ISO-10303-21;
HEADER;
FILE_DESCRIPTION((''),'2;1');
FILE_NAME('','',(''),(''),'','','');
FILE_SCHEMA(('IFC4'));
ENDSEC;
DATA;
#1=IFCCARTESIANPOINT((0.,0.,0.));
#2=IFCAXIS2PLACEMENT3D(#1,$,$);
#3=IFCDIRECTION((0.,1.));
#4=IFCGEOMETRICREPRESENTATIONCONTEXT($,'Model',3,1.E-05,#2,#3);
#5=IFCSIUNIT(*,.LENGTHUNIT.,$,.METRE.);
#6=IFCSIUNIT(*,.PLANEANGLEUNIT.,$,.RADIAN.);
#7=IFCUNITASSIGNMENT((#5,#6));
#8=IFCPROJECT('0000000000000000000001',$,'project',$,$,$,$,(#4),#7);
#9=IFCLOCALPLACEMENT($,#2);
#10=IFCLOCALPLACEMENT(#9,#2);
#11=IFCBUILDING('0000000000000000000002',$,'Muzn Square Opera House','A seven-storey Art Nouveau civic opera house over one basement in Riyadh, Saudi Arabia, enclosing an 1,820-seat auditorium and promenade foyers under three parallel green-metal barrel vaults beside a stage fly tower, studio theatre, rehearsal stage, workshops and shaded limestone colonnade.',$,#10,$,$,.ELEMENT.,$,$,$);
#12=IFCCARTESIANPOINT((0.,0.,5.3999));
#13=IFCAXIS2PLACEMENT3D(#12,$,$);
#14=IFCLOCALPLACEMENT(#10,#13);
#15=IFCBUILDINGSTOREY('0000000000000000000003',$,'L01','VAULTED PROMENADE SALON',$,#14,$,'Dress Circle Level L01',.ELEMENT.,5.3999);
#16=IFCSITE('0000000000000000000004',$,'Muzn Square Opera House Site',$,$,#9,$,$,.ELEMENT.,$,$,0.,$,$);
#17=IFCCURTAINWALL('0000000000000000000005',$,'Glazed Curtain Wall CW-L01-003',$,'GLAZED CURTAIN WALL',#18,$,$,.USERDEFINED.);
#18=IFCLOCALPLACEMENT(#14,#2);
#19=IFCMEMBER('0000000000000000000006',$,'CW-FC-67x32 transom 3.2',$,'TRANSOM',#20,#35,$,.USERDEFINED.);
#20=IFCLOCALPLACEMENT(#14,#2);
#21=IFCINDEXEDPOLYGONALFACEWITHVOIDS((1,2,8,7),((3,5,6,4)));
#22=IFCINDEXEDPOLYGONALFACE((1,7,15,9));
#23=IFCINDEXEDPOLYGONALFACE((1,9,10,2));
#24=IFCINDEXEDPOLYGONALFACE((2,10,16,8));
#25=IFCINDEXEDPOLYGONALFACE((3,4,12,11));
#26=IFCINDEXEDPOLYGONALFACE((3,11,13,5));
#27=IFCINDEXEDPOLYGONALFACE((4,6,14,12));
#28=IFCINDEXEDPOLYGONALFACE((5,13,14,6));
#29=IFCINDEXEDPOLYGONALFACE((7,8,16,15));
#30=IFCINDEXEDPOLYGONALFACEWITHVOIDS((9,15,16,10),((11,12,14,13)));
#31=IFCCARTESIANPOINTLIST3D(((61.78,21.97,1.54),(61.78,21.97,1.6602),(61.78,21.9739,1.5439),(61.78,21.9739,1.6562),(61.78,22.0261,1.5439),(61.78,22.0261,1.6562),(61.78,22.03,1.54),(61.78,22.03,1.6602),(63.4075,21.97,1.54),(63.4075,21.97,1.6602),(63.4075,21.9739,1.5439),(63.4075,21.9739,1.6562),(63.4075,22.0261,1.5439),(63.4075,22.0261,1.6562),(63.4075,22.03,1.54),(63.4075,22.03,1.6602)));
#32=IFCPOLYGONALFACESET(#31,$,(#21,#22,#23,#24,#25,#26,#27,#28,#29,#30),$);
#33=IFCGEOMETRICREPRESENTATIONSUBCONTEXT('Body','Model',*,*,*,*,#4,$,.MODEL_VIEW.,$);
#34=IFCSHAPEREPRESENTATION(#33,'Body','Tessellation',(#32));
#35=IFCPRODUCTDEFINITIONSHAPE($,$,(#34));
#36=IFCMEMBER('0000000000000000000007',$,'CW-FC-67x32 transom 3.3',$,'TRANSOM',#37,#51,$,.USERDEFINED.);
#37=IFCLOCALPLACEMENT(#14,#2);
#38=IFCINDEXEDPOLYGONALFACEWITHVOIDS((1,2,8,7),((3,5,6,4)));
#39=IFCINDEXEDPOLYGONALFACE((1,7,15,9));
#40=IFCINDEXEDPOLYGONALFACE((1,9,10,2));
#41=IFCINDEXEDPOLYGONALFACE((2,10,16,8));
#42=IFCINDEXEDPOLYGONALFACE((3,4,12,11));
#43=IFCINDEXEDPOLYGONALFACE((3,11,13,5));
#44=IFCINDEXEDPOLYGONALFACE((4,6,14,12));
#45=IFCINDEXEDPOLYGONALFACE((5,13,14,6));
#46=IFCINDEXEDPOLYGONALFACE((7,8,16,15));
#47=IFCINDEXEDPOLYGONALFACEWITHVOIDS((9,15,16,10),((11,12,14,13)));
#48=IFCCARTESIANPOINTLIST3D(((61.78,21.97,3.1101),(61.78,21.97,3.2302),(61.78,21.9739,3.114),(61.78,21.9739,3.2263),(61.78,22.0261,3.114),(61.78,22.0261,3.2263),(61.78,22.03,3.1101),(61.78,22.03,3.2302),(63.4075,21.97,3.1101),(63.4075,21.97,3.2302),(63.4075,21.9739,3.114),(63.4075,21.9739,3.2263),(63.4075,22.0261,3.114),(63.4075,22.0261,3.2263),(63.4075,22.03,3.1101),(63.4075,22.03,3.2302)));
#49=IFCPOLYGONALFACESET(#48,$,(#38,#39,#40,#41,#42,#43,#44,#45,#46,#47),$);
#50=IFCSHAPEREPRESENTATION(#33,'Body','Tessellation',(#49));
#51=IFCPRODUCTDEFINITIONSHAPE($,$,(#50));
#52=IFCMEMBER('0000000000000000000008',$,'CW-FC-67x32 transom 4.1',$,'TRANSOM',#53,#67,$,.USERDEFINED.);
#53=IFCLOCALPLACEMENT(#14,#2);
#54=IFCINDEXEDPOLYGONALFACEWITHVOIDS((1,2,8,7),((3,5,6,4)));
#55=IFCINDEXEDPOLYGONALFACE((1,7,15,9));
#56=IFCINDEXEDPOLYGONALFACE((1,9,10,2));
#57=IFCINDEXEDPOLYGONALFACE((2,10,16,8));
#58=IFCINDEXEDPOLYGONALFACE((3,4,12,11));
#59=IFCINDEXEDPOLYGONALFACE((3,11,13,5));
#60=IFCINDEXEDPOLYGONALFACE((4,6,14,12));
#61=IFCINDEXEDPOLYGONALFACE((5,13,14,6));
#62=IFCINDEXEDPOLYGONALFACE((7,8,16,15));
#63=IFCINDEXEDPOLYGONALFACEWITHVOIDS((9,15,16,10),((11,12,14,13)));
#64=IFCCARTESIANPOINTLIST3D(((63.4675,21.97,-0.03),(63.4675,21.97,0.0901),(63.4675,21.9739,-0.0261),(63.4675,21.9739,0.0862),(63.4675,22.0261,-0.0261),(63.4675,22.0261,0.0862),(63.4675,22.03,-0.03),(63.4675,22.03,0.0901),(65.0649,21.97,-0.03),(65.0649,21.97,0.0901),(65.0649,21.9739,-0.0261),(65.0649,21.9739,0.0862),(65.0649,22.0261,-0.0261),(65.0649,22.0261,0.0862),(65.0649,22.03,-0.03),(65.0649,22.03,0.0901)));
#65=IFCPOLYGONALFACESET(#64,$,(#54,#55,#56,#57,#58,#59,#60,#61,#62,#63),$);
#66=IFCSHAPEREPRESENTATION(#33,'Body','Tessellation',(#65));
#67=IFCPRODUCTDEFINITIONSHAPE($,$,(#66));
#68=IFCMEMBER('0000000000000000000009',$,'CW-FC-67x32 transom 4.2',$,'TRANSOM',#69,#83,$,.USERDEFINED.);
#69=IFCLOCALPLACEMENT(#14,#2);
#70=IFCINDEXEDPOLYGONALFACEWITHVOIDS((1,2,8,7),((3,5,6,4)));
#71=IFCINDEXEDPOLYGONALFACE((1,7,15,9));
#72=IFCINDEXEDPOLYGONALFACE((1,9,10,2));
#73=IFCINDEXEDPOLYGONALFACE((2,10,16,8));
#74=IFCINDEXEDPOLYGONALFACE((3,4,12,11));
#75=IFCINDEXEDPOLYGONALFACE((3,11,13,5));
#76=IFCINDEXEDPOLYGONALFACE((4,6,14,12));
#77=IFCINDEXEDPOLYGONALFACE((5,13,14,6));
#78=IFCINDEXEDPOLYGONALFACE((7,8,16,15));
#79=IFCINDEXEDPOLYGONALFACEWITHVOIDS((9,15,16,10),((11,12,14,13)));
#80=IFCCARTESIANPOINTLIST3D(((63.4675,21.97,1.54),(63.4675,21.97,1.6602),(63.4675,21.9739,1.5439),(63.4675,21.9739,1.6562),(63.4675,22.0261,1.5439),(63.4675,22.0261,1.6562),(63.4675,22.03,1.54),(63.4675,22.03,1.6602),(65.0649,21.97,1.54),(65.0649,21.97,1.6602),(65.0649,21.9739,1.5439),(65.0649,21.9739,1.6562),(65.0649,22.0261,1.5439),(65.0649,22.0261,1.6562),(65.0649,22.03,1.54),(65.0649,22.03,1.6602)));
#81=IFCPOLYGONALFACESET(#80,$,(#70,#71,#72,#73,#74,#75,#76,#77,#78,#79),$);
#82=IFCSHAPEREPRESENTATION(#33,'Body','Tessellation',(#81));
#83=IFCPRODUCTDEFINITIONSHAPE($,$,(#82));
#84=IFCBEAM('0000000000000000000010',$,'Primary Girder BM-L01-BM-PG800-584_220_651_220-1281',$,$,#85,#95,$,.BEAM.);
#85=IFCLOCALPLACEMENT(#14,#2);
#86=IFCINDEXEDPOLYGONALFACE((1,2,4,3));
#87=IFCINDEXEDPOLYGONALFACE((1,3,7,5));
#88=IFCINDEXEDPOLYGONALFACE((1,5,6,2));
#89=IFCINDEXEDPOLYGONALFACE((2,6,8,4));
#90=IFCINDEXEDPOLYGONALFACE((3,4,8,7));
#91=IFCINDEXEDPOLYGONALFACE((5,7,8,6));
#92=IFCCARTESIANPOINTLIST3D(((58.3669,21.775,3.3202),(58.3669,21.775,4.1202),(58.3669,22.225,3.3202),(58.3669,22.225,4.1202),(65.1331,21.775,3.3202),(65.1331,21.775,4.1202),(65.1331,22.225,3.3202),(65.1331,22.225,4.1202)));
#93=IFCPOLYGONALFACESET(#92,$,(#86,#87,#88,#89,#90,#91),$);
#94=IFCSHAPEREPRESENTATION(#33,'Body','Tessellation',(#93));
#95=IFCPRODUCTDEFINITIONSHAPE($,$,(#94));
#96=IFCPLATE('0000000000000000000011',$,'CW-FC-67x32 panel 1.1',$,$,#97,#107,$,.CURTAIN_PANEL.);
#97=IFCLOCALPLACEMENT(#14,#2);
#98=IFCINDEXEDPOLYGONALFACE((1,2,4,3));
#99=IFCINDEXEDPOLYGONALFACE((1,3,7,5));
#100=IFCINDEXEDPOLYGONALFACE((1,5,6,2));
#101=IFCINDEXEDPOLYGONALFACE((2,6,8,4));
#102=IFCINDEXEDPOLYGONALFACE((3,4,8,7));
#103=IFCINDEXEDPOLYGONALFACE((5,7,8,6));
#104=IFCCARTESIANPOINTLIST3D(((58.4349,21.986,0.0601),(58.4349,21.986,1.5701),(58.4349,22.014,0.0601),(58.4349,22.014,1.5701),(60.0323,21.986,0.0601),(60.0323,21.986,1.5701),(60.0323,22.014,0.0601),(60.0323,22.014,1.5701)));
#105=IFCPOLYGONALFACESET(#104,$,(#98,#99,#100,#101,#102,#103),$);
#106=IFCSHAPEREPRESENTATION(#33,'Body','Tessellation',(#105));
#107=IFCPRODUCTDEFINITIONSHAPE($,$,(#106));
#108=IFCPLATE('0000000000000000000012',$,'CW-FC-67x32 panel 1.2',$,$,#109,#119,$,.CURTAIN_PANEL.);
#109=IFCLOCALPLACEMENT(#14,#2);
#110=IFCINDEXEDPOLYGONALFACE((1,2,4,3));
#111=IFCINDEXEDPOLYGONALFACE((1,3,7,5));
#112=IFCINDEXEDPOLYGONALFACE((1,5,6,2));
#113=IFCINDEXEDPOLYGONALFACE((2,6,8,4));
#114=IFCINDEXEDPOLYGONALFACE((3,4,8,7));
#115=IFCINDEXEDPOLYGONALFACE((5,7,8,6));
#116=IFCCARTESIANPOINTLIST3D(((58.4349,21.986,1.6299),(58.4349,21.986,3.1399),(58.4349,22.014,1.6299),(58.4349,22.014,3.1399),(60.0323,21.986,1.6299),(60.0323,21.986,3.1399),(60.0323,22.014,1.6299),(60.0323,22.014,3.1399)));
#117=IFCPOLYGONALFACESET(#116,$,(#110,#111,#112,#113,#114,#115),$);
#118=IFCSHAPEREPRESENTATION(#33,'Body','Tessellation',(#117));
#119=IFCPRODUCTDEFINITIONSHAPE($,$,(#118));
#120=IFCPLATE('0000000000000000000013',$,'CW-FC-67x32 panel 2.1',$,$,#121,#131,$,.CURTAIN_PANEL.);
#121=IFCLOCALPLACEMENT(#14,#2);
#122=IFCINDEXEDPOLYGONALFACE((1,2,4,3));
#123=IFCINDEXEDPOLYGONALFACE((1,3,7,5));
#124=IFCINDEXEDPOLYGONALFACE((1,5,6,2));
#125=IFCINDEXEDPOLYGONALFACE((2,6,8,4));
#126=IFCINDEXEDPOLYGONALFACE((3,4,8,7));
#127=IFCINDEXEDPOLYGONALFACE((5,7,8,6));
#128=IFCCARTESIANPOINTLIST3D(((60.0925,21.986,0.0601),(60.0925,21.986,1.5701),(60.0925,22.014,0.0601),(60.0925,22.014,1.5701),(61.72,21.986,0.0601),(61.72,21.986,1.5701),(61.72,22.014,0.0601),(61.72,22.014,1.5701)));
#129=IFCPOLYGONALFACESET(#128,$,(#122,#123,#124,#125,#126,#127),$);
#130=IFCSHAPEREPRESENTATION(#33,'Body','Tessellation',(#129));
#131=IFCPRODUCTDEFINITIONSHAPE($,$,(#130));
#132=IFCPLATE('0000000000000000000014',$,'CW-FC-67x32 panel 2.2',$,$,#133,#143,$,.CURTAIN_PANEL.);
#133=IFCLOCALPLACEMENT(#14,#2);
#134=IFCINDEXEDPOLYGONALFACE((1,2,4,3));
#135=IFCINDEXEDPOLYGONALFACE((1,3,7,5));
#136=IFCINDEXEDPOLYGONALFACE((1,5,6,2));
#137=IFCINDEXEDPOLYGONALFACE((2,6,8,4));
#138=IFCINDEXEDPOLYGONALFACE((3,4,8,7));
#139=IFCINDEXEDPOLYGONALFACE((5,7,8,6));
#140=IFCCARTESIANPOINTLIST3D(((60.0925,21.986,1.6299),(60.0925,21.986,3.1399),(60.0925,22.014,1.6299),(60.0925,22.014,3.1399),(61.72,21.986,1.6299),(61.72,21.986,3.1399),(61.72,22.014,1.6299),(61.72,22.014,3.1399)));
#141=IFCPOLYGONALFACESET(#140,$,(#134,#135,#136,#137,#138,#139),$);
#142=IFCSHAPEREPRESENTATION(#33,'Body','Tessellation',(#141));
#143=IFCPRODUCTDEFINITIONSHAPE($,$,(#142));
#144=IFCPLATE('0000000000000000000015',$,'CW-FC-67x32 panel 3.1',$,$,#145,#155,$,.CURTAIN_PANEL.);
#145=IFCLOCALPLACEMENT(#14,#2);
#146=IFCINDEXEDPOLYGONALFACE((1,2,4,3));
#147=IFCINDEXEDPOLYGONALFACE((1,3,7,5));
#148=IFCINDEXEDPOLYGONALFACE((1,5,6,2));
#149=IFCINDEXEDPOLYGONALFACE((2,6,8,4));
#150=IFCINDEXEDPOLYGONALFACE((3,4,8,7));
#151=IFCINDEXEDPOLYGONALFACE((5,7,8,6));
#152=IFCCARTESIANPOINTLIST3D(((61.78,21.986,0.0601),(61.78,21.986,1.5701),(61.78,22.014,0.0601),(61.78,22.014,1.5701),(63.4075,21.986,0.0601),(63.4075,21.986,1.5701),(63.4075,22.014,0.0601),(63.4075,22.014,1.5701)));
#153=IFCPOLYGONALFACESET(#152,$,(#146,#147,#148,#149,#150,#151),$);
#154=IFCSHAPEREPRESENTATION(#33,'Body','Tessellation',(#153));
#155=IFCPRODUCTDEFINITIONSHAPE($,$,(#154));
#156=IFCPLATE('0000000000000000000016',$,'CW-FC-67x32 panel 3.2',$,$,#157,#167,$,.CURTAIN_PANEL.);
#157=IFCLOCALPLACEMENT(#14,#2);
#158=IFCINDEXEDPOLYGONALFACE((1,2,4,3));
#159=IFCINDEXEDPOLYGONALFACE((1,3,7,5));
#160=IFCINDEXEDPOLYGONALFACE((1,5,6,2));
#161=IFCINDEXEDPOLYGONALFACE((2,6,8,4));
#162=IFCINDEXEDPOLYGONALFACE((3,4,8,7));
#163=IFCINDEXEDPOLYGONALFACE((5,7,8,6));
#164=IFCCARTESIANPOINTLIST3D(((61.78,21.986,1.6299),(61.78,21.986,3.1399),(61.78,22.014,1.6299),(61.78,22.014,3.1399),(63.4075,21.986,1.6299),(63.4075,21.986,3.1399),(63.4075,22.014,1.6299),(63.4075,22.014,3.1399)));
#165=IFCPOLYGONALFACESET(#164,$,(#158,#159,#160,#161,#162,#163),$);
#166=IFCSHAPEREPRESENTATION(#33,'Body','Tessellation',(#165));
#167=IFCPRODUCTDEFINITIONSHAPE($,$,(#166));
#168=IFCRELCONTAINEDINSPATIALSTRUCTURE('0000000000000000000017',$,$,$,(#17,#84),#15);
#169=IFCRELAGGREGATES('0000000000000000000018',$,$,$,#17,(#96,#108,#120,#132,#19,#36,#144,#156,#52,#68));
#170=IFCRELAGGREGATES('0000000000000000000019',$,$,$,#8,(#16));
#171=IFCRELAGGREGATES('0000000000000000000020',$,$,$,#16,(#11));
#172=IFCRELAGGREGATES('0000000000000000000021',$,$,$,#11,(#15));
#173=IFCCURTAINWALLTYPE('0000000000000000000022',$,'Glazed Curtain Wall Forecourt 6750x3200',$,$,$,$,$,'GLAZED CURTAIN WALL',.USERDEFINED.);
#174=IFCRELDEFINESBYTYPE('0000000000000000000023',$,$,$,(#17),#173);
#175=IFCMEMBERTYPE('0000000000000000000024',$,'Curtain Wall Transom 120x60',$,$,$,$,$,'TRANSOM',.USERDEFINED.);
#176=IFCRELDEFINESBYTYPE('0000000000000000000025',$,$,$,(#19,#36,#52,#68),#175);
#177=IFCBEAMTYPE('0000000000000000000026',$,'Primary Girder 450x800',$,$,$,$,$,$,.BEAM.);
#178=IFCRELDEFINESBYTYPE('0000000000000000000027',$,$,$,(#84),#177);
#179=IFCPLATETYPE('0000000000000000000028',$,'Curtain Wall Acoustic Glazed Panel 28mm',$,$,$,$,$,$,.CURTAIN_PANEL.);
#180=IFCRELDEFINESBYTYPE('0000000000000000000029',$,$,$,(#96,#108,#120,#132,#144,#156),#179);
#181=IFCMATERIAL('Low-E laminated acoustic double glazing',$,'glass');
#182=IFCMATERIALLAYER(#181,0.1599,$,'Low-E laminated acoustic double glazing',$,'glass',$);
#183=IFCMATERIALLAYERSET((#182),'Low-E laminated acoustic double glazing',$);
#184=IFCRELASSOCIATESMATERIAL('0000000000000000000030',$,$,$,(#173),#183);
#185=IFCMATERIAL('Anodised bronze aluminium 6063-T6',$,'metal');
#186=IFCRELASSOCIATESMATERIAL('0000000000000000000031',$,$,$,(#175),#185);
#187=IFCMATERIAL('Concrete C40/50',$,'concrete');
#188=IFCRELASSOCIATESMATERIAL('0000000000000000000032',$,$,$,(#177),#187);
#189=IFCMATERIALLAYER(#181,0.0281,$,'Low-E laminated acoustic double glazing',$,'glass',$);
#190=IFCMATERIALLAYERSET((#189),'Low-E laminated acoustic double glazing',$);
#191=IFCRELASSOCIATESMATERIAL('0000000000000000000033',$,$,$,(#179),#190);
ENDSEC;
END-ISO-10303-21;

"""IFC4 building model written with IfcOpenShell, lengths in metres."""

from ifc_helpers import new_model, si_unit, direction, frame, origin, origin_2d, place, context, subcontext, project, spatial, rectangle, hollow_rectangle, extrude, material, layer, layer_set, material_profile, profile_set, type_object, element, aggregate, save


model = new_model("IFC4")

# Units and contexts
model_context = context("Model", 3, precision=1e-05, world=origin(), true_north=direction((0.0, 1.0)))
body_context = subcontext(model_context, "Body", "Model", "MODEL_VIEW")
ifc_project = project(units=[si_unit("LENGTHUNIT", "METRE"), si_unit("PLANEANGLEUNIT", "RADIAN")], contexts=[model_context])

# Site, building, storey
site_placement = place(None, origin())
site = spatial("IfcSite", under=ifc_project, at=site_placement, Name="Muzn Square Opera House Site", CompositionType="ELEMENT", RefElevation=0.0)
building_placement = place(site_placement, origin())
building = spatial("IfcBuilding", under=site, at=building_placement, Name="Muzn Square Opera House", Description="A seven-storey Art Nouveau civic opera house over one basement in Riyadh, Saudi Arabia, enclosing an 1,820-seat auditorium and promenade foyers under three parallel green-metal barrel vaults beside a stage fly tower, studio theatre, rehearsal stage, workshops and shaded limestone colonnade.", CompositionType="ELEMENT")
storey_placement = place(building_placement, frame((0.0, 0.0, 5.3999)))
storey = spatial("IfcBuildingStorey", under=building, at=storey_placement, Name="L01", Description="VAULTED PROMENADE SALON", LongName="Dress Circle Level L01", CompositionType="ELEMENT", Elevation=5.3999)

# Curtain wall, members
ifc_material_1 = material(Name="Low-E laminated acoustic double glazing", Category="glass")
ifc_layer_1 = layer(ifc_material_1, 0.1599, Name="Low-E laminated acoustic double glazing", Category="glass")
ifc_layer_set_1 = layer_set([ifc_layer_1], Name="Low-E laminated acoustic double glazing")
curtain_wall_type = type_object("IfcCurtainWallType", Name="Glazed Curtain Wall Forecourt 6750x3200", ElementType="GLAZED CURTAIN WALL", PredefinedType="USERDEFINED", material=ifc_layer_set_1)
curtain_wall_placement = place(storey_placement, origin())
curtain_wall = element("IfcCurtainWall", 1, at=curtain_wall_placement, inside=storey, type_object=curtain_wall_type, Name="Glazed Curtain Wall CW-L01-003", ObjectType="GLAZED CURTAIN WALL", PredefinedType="USERDEFINED")
ifc_material_2 = material(Name="Anodised bronze aluminium 6063-T6", Category="metal")
ifc_material_profile_1 = material_profile(ifc_material_2, hollow_rectangle(XDim=0.0601, YDim=0.1201, WallThickness=0.0039, at=origin_2d()), Name="ALU 120x60x4", Category="metal")
ifc_profile_set_1 = profile_set([ifc_material_profile_1], Name="Anodised bronze aluminium 6063-T6")
member_type_1 = type_object("IfcMemberType", Name="Curtain Wall Transom 120x60", ElementType="TRANSOM", PredefinedType="USERDEFINED", material=ifc_profile_set_1)
member_1_placement = place(storey_placement, frame((61.78, 22.0, 1.6001), z_axis=(1.0, 0.0, 0.0), x_axis=(0.0, 1.0, 0.0)))
member_1 = element("IfcMember", 2, at=member_1_placement, type_object=member_type_1, Name="CW-FC-67x32 transom 3.2", ObjectType="TRANSOM", PredefinedType="USERDEFINED", context=body_context, shape_type="SweptSolid", body=[
    extrude(hollow_rectangle(XDim=0.0601, YDim=0.1201, WallThickness=0.0039, at=origin_2d()), origin(), (0.0, 0.0, 1.0), 1.6274),
])
member_2_placement = place(storey_placement, frame((61.78, 22.0, 3.1702), z_axis=(1.0, 0.0, 0.0), x_axis=(0.0, 1.0, 0.0)))
member_2 = element("IfcMember", 3, at=member_2_placement, type_object=member_type_1, Name="CW-FC-67x32 transom 3.3", ObjectType="TRANSOM", PredefinedType="USERDEFINED", context=body_context, shape_type="SweptSolid", body=[
    extrude(hollow_rectangle(XDim=0.0601, YDim=0.1201, WallThickness=0.0039, at=origin_2d()), origin(), (0.0, 0.0, 1.0), 1.6274),
])
member_3_placement = place(storey_placement, frame((63.4675, 22.0, 0.03), z_axis=(1.0, 0.0, 0.0), x_axis=(0.0, 1.0, 0.0)))
member_3 = element("IfcMember", 4, at=member_3_placement, type_object=member_type_1, Name="CW-FC-67x32 transom 4.1", ObjectType="TRANSOM", PredefinedType="USERDEFINED", context=body_context, shape_type="SweptSolid", body=[
    extrude(hollow_rectangle(XDim=0.0601, YDim=0.1201, WallThickness=0.0039, at=origin_2d()), origin(), (0.0, 0.0, 1.0), 1.5974),
])
member_4_placement = place(storey_placement, frame((63.4675, 22.0, 1.6001), z_axis=(1.0, 0.0, 0.0), x_axis=(0.0, 1.0, 0.0)))
member_4 = element("IfcMember", 5, at=member_4_placement, type_object=member_type_1, Name="CW-FC-67x32 transom 4.2", ObjectType="TRANSOM", PredefinedType="USERDEFINED", context=body_context, shape_type="SweptSolid", body=[
    extrude(hollow_rectangle(XDim=0.0601, YDim=0.1201, WallThickness=0.0039, at=origin_2d()), origin(), (0.0, 0.0, 1.0), 1.5974),
])

# Beam
ifc_material_3 = material(Name="Concrete C40/50", Category="concrete")
ifc_material_profile_2 = material_profile(ifc_material_3, rectangle(XDim=0.45, YDim=0.8, at=origin_2d()), Name="RCB 450x800", Category="concrete")
ifc_profile_set_2 = profile_set([ifc_material_profile_2], Name="Concrete C40/50")
beam_type = type_object("IfcBeamType", Name="Primary Girder 450x800", PredefinedType="BEAM", material=ifc_profile_set_2)
beam_placement = place(storey_placement, frame((58.3669, 22.0, 3.7202), z_axis=(1.0, 0.0, 0.0), x_axis=(0.0, 1.0, 0.0)))
element("IfcBeam", 6, at=beam_placement, inside=storey, type_object=beam_type, Name="Primary Girder BM-L01-BM-PG800-584_220_651_220-1281", PredefinedType="BEAM", context=body_context, shape_type="SweptSolid", body=[
    extrude(rectangle(XDim=0.45, YDim=0.8, at=origin_2d()), origin(), (0.0, 0.0, 1.0), 6.7661),
])

# Plates
ifc_layer_2 = layer(ifc_material_1, 0.0281, Name="Low-E laminated acoustic double glazing", Category="glass")
ifc_layer_set_2 = layer_set([ifc_layer_2], Name="Low-E laminated acoustic double glazing")
plate_type = type_object("IfcPlateType", Name="Curtain Wall Acoustic Glazed Panel 28mm", PredefinedType="CURTAIN_PANEL", material=ifc_layer_set_2)
plate_1_placement = place(storey_placement, frame((59.2336, 22.0, 0.0601), z_axis=(0.0, 0.0, 1.0), x_axis=(1.0, 0.0, 0.0)))
plate_1 = element("IfcPlate", 7, at=plate_1_placement, type_object=plate_type, Name="CW-FC-67x32 panel 1.1", PredefinedType="CURTAIN_PANEL", context=body_context, shape_type="SweptSolid", body=[
    extrude(rectangle(XDim=1.5974, YDim=0.0281, at=origin_2d()), origin(), (0.0, 0.0, 1.0), 1.51),
])
plate_2_placement = place(storey_placement, frame((59.2336, 22.0, 1.6299), z_axis=(0.0, 0.0, 1.0), x_axis=(1.0, 0.0, 0.0)))
plate_2 = element("IfcPlate", 8, at=plate_2_placement, type_object=plate_type, Name="CW-FC-67x32 panel 1.2", PredefinedType="CURTAIN_PANEL", context=body_context, shape_type="SweptSolid", body=[
    extrude(rectangle(XDim=1.5974, YDim=0.0281, at=origin_2d()), origin(), (0.0, 0.0, 1.0), 1.51),
])
plate_3_placement = place(storey_placement, frame((60.9062, 22.0, 0.0601), z_axis=(0.0, 0.0, 1.0), x_axis=(1.0, 0.0, 0.0)))
plate_3 = element("IfcPlate", 9, at=plate_3_placement, type_object=plate_type, Name="CW-FC-67x32 panel 2.1", PredefinedType="CURTAIN_PANEL", context=body_context, shape_type="SweptSolid", body=[
    extrude(rectangle(XDim=1.6274, YDim=0.0281, at=origin_2d()), origin(), (0.0, 0.0, 1.0), 1.51),
])
plate_4_placement = place(storey_placement, frame((60.9062, 22.0, 1.6299), z_axis=(0.0, 0.0, 1.0), x_axis=(1.0, 0.0, 0.0)))
plate_4 = element("IfcPlate", 10, at=plate_4_placement, type_object=plate_type, Name="CW-FC-67x32 panel 2.2", PredefinedType="CURTAIN_PANEL", context=body_context, shape_type="SweptSolid", body=[
    extrude(rectangle(XDim=1.6274, YDim=0.0281, at=origin_2d()), origin(), (0.0, 0.0, 1.0), 1.51),
])
plate_5_placement = place(storey_placement, frame((62.5938, 22.0, 0.0601), z_axis=(0.0, 0.0, 1.0), x_axis=(1.0, 0.0, 0.0)))
plate_5 = element("IfcPlate", 11, at=plate_5_placement, type_object=plate_type, Name="CW-FC-67x32 panel 3.1", PredefinedType="CURTAIN_PANEL", context=body_context, shape_type="SweptSolid", body=[
    extrude(rectangle(XDim=1.6274, YDim=0.0281, at=origin_2d()), origin(), (0.0, 0.0, 1.0), 1.51),
])
plate_6_placement = place(storey_placement, frame((62.5938, 22.0, 1.6299), z_axis=(0.0, 0.0, 1.0), x_axis=(1.0, 0.0, 0.0)))
plate_6 = element("IfcPlate", 12, at=plate_6_placement, type_object=plate_type, Name="CW-FC-67x32 panel 3.2", PredefinedType="CURTAIN_PANEL", context=body_context, shape_type="SweptSolid", body=[
    extrude(rectangle(XDim=1.6274, YDim=0.0281, at=origin_2d()), origin(), (0.0, 0.0, 1.0), 1.51),
])
aggregate(curtain_wall, [plate_1, plate_2, plate_3, plate_4, member_1, member_2, plate_5, plate_6, member_3, member_4])

save(model, "model.ifc")
